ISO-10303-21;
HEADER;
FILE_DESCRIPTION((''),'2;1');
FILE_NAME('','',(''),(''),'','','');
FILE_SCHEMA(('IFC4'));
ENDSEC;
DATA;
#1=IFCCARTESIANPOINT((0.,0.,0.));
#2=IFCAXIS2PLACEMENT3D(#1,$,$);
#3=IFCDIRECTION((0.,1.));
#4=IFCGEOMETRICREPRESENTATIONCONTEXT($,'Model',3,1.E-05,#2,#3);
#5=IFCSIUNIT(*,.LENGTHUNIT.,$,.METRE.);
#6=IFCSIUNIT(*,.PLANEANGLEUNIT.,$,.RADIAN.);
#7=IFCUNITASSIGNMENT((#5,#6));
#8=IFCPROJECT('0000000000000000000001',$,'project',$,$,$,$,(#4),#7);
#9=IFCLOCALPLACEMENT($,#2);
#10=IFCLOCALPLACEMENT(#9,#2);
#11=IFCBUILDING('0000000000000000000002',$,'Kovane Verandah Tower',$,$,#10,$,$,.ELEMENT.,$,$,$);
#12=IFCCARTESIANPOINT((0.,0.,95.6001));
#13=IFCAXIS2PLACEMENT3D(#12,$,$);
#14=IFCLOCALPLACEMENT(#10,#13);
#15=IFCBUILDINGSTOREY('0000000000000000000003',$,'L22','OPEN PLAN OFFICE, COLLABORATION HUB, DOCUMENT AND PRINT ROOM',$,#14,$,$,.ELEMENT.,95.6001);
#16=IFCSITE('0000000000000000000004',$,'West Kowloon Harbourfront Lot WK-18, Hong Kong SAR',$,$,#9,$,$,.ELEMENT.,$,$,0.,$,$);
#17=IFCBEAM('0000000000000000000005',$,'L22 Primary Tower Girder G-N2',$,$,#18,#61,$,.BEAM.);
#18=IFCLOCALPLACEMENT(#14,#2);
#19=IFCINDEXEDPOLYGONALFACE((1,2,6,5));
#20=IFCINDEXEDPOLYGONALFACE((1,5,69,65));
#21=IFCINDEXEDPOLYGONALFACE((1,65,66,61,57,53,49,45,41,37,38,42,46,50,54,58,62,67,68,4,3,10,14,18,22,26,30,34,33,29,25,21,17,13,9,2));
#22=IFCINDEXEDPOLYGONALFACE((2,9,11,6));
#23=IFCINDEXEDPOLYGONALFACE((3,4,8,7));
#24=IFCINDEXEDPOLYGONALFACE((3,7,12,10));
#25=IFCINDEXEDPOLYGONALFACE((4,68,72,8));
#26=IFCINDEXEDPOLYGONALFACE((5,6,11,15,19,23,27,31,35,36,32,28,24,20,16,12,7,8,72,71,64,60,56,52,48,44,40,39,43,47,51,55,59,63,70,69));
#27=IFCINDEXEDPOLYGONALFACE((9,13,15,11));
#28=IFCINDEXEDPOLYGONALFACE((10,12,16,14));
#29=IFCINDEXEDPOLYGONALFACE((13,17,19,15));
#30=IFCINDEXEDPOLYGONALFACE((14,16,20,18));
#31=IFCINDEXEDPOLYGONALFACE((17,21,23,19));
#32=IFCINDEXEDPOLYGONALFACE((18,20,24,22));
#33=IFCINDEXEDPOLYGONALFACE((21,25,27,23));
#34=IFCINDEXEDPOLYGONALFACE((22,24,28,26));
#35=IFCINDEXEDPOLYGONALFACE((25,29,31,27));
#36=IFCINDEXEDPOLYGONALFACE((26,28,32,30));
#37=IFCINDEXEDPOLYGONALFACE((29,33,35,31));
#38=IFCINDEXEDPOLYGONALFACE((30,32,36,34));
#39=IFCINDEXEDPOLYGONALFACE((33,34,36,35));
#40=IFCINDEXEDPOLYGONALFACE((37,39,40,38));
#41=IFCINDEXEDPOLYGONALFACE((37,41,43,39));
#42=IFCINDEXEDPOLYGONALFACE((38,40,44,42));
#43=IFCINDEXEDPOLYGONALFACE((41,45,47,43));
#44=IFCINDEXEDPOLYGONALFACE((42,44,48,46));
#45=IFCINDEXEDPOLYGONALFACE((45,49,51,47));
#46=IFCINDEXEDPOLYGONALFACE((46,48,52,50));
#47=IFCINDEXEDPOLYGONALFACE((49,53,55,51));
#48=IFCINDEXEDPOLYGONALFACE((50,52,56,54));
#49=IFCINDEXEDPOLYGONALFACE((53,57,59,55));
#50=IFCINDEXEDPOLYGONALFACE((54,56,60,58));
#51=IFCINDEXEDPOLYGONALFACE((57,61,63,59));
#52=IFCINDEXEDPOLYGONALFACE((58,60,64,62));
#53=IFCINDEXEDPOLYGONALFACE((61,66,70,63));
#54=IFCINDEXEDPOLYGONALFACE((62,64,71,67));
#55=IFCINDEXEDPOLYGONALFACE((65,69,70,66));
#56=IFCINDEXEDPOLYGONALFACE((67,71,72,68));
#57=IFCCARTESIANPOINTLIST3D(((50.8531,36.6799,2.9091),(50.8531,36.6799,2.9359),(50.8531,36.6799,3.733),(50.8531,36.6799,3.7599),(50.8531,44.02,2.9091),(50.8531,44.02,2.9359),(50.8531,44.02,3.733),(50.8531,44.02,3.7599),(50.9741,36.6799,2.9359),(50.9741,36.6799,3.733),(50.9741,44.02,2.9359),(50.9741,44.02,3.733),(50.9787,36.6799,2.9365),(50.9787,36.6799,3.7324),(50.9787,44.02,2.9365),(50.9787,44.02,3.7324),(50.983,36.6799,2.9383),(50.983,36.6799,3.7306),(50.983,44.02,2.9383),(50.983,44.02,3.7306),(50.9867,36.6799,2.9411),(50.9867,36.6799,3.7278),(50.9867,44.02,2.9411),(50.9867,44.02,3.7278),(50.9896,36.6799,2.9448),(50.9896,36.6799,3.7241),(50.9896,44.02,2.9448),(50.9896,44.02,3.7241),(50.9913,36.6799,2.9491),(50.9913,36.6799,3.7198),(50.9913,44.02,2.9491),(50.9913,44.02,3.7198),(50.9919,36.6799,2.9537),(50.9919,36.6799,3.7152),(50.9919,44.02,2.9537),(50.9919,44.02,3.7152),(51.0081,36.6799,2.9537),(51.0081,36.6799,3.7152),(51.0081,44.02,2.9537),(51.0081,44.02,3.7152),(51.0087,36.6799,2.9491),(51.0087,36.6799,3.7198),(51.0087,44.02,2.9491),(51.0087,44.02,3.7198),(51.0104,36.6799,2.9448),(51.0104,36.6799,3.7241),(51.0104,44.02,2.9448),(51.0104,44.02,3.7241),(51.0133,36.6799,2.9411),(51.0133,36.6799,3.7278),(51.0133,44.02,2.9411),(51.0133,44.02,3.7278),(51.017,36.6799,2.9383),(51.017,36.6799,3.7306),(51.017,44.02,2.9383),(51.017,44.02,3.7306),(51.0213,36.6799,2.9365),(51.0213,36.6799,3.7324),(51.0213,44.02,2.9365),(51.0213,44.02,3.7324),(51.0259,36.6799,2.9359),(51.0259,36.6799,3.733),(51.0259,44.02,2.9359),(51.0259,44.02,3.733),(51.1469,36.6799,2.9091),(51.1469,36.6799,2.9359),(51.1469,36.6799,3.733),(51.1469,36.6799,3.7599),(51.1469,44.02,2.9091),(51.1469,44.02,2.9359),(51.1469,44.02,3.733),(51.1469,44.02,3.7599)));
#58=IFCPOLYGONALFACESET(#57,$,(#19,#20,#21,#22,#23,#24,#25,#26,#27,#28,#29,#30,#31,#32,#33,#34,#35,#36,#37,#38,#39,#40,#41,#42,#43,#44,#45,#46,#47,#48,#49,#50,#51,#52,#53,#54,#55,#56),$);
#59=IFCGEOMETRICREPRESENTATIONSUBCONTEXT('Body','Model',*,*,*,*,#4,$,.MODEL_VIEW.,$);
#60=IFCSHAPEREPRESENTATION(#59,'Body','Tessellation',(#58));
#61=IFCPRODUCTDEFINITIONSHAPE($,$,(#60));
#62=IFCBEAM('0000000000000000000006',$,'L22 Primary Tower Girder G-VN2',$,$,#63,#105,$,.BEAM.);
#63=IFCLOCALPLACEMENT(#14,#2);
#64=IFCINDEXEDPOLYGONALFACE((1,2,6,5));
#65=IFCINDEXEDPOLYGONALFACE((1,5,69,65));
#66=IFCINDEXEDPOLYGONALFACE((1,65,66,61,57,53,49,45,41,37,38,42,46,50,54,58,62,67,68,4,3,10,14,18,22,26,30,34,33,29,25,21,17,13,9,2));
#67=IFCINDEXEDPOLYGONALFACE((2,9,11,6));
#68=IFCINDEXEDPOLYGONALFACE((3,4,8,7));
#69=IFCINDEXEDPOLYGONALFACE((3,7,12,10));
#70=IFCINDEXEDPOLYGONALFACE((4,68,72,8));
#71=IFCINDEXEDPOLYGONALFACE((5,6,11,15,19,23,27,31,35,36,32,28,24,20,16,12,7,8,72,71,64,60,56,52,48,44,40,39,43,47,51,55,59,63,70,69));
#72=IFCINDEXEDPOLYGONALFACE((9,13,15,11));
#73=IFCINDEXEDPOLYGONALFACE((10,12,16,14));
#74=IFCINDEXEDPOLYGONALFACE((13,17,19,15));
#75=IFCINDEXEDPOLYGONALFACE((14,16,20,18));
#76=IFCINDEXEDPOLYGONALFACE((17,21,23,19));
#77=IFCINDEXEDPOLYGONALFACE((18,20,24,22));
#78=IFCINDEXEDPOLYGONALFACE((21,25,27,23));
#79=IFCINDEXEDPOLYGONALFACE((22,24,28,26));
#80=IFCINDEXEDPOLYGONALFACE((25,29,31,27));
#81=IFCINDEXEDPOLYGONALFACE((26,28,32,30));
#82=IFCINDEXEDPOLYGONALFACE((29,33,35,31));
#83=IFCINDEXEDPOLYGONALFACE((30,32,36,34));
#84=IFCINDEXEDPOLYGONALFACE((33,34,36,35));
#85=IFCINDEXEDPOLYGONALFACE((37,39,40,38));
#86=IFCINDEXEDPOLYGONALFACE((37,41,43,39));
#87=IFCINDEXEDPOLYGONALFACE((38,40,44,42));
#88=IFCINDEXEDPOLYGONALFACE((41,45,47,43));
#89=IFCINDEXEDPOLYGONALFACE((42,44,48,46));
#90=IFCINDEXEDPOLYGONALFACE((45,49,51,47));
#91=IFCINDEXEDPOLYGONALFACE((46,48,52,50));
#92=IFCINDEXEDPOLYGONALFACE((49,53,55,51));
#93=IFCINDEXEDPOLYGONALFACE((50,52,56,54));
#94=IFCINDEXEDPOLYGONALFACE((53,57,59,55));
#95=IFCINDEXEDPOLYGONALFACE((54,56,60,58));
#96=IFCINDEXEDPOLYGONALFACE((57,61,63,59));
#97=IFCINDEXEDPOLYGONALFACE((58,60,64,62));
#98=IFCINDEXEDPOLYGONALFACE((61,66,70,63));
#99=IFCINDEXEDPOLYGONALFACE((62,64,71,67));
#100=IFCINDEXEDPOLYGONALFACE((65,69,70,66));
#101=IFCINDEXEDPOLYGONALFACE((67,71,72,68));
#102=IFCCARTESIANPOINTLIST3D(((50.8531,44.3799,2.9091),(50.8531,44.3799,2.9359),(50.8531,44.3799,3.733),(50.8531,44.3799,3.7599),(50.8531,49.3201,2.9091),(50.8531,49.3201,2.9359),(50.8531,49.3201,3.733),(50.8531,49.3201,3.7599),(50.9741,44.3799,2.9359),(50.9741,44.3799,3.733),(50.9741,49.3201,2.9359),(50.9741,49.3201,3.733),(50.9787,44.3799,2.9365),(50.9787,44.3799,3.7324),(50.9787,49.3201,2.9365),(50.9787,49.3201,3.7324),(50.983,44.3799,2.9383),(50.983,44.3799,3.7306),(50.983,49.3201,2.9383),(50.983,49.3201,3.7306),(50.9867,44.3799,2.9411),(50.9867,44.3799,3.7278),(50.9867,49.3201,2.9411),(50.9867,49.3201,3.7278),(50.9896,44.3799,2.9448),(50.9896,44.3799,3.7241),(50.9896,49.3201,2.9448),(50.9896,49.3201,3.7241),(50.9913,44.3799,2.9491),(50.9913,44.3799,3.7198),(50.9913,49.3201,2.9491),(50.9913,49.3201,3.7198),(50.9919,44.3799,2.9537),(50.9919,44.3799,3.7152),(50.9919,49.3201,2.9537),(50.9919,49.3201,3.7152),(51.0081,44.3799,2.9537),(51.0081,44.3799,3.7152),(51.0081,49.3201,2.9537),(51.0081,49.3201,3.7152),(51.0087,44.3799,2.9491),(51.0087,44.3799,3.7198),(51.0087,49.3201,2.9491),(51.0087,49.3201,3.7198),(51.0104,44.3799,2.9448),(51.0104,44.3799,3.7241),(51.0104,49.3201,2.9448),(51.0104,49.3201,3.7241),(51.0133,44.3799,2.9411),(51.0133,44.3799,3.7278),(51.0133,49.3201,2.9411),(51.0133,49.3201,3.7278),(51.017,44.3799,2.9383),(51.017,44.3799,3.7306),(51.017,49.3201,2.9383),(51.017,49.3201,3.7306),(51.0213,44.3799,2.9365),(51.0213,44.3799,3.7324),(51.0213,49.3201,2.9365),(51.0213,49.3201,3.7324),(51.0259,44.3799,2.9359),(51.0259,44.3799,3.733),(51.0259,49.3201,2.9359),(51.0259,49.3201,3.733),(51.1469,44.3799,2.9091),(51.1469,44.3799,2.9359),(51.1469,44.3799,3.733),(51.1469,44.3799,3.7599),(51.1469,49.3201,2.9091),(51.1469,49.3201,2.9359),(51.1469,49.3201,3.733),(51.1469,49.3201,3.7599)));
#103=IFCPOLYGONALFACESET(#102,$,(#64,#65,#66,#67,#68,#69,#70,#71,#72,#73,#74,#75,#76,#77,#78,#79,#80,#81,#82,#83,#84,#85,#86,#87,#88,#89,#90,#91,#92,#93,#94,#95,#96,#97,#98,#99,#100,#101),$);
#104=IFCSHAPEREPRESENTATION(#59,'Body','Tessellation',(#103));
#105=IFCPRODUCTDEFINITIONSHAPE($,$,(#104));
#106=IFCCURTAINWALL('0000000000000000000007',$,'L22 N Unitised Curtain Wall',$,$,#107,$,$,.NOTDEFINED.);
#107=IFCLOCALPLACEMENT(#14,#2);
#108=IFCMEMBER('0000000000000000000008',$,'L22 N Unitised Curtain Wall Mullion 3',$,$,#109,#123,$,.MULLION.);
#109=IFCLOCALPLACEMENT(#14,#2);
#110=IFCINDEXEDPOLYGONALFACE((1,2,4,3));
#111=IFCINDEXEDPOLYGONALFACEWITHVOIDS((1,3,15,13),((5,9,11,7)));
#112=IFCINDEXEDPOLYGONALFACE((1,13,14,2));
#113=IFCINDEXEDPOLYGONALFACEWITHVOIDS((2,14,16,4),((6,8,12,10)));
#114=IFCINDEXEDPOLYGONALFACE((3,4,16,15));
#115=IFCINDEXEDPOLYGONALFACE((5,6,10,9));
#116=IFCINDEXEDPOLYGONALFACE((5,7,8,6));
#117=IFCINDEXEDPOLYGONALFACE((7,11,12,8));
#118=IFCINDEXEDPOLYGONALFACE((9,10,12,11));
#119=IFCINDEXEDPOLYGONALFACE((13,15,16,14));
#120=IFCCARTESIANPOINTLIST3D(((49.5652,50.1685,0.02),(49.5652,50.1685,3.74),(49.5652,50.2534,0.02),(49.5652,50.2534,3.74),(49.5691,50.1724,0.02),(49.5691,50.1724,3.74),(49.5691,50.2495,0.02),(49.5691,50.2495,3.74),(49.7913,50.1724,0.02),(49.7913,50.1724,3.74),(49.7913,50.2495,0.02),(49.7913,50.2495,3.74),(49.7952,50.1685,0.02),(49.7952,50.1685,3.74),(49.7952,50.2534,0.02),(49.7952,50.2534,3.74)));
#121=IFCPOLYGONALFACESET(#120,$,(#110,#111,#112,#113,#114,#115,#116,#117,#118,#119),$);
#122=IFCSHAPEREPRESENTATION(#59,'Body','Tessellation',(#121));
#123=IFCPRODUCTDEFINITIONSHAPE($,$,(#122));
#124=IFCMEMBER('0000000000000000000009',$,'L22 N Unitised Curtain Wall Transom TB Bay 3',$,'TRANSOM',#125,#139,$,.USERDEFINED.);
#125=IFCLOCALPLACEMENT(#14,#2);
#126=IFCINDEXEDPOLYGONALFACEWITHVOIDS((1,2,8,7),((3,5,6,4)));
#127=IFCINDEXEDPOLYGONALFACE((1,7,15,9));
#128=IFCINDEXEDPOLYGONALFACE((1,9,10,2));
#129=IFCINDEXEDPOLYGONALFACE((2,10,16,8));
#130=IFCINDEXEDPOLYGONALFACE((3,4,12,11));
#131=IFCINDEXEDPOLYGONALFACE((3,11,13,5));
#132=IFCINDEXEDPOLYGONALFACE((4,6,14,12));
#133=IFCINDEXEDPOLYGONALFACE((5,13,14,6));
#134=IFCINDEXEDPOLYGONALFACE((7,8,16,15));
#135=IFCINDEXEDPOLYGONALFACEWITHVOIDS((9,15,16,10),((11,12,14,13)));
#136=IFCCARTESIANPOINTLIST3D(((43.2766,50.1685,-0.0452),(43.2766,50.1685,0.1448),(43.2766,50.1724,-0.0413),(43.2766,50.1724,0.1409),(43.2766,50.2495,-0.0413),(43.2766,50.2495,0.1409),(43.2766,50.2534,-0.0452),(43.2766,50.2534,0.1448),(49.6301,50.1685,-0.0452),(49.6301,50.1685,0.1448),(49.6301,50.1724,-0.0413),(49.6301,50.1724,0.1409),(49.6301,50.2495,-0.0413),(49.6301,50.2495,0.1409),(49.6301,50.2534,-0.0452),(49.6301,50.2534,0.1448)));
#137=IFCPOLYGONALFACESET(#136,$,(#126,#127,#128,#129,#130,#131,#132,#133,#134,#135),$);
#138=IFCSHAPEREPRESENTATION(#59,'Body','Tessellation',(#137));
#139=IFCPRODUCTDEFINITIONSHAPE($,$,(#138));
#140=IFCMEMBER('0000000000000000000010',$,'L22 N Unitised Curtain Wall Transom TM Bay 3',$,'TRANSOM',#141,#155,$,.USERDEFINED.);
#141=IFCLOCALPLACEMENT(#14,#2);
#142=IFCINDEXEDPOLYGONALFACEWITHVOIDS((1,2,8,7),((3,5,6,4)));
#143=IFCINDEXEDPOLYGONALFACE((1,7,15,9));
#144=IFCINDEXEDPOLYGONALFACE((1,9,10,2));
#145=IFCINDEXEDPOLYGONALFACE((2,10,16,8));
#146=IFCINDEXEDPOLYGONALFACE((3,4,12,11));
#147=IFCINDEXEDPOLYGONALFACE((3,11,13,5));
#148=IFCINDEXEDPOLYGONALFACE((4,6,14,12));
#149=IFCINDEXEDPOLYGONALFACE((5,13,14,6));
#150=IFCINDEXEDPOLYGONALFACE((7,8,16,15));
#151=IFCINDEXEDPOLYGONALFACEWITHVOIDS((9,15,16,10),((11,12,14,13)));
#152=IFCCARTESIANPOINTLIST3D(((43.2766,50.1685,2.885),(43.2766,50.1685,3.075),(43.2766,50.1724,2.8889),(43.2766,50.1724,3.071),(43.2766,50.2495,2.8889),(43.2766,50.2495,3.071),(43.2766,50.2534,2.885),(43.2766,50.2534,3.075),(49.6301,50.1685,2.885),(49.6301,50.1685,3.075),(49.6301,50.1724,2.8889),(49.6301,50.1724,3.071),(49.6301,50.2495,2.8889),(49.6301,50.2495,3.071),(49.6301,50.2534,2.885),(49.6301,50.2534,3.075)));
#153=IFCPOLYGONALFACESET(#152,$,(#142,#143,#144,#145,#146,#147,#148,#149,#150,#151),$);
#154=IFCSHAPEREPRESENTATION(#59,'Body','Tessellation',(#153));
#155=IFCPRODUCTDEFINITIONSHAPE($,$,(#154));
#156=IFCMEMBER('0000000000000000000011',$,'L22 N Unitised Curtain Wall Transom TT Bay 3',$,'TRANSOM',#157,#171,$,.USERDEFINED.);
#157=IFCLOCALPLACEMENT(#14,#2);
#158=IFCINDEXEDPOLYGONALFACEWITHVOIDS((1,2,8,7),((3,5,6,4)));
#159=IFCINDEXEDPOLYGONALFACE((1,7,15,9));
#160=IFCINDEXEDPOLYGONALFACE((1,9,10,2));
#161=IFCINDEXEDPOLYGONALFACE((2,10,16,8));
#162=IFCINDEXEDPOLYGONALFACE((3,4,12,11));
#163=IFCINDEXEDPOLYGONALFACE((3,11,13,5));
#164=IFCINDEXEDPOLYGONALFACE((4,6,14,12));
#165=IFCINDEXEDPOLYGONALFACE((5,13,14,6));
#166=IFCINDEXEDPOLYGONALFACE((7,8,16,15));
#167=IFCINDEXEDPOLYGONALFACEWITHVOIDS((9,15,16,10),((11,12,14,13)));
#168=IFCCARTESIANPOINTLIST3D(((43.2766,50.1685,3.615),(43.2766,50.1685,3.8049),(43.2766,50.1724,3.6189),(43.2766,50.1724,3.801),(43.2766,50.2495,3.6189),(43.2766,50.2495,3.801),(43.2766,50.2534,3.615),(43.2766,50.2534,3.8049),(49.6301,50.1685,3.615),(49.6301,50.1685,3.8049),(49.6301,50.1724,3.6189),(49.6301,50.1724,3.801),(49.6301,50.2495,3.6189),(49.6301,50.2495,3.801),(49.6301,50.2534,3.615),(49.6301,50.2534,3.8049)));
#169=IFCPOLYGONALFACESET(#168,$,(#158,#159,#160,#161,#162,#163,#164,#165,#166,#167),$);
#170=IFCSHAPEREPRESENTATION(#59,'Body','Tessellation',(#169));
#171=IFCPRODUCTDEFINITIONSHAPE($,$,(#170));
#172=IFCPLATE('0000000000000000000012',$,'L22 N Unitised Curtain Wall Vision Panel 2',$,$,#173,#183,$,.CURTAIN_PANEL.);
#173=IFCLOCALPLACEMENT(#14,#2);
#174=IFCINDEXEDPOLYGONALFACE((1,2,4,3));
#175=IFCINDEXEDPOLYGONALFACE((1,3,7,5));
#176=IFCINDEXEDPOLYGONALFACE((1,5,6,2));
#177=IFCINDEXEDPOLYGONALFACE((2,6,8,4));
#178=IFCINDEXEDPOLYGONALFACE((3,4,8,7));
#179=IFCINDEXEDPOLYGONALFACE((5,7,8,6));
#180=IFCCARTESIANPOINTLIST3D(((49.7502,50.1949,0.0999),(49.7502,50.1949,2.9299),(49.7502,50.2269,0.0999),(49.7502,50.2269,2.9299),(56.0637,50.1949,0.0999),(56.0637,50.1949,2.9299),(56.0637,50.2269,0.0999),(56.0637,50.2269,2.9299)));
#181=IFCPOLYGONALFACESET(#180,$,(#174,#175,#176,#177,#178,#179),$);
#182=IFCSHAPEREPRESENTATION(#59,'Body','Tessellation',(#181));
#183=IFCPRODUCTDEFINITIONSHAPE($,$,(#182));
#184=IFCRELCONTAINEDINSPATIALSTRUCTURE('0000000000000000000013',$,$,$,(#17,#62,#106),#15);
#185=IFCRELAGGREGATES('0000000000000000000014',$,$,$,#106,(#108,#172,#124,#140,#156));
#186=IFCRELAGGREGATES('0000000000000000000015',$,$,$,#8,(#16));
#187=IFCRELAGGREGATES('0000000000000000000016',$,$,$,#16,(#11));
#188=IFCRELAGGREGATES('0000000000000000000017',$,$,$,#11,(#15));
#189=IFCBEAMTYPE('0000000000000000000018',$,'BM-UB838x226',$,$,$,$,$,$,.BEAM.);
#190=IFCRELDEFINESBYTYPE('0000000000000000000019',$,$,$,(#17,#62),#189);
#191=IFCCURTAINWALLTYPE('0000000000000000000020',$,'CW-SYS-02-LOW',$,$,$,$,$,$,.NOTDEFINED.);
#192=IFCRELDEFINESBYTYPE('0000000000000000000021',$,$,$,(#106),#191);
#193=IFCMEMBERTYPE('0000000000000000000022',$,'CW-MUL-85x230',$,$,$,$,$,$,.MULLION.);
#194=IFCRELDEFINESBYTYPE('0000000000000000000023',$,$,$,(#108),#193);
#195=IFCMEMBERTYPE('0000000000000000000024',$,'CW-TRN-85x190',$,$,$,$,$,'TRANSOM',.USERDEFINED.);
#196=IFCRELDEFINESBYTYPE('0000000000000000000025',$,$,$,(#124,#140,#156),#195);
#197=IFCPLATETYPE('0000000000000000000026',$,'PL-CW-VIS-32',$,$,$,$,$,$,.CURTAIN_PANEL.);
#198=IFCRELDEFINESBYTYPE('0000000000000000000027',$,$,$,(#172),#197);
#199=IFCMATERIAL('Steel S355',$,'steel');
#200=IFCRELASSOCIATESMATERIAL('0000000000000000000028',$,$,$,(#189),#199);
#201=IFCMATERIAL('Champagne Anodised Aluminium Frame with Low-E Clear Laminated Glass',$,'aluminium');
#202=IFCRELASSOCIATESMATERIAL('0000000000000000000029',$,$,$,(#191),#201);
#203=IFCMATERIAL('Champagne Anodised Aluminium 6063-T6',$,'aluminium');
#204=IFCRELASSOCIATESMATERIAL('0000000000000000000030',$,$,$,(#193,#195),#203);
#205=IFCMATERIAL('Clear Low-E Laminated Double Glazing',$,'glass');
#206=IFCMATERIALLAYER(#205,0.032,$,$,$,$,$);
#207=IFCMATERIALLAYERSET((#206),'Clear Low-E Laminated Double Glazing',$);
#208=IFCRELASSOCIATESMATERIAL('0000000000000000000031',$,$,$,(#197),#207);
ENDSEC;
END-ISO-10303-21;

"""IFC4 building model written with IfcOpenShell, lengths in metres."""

from ifc_helpers import new_model, si_unit, direction, frame, origin, origin_2d, place, context, subcontext, project, spatial, rectangle, hollow_rectangle, i_section, extrude, material, layer, layer_set, material_profile, profile_set, type_object, element, aggregate, save


model = new_model("IFC4")

# Units and contexts
model_context = context("Model", 3, precision=1e-05, world=origin(), true_north=direction((0.0, 1.0)))
body_context = subcontext(model_context, "Body", "Model", "MODEL_VIEW")
ifc_project = project(units=[si_unit("LENGTHUNIT", "METRE"), si_unit("PLANEANGLEUNIT", "RADIAN")], contexts=[model_context])

# Site, building, storey
site_placement = place(None, origin())
site = spatial("IfcSite", under=ifc_project, at=site_placement, Name="West Kowloon Harbourfront Lot WK-18, Hong Kong SAR", CompositionType="ELEMENT", RefElevation=0.0)
building_placement = place(site_placement, origin())
building = spatial("IfcBuilding", under=site, at=building_placement, Name="Kovane Verandah Tower", CompositionType="ELEMENT")
storey_placement = place(building_placement, frame((0.0, 0.0, 95.6001)))
storey = spatial("IfcBuildingStorey", under=building, at=storey_placement, Name="L22", Description="OPEN PLAN OFFICE, COLLABORATION HUB, DOCUMENT AND PRINT ROOM", CompositionType="ELEMENT", Elevation=95.6001)

# Beams
ifc_material_1 = material(Name="Steel S355", Category="steel")
ifc_material_profile_1 = material_profile(ifc_material_1, i_section(OverallWidth=0.2937, OverallDepth=0.8508, WebThickness=0.0161, FlangeThickness=0.0269, FilletRadius=0.0178, at=origin_2d()), Name="UB838x292x226")
ifc_profile_set_1 = profile_set([ifc_material_profile_1], Name="Steel S355")
beam_type = type_object("IfcBeamType", Name="BM-UB838x226", PredefinedType="BEAM", material=ifc_profile_set_1)
beam_1_placement = place(storey_placement, frame((51.0, 36.6799, 3.3345), z_axis=(0.0, 1.0, 0.0), x_axis=(-1.0, 0.0, 0.0)))
element("IfcBeam", 1, at=beam_1_placement, inside=storey, type_object=beam_type, Name="L22 Primary Tower Girder G-N2", PredefinedType="BEAM", context=body_context, shape_type="SweptSolid", body=[
    extrude(i_section(OverallWidth=0.2937, OverallDepth=0.8508, WebThickness=0.0161, FlangeThickness=0.0269, FilletRadius=0.0178, at=origin_2d()), origin(), (0.0, 0.0, 1.0), 7.3401),
])
beam_2_placement = place(storey_placement, frame((51.0, 44.3799, 3.3345), z_axis=(0.0, 1.0, 0.0), x_axis=(-1.0, 0.0, 0.0)))
element("IfcBeam", 2, at=beam_2_placement, inside=storey, type_object=beam_type, Name="L22 Primary Tower Girder G-VN2", PredefinedType="BEAM", context=body_context, shape_type="SweptSolid", body=[
    extrude(i_section(OverallWidth=0.2937, OverallDepth=0.8508, WebThickness=0.0161, FlangeThickness=0.0269, FilletRadius=0.0178, at=origin_2d()), origin(), (0.0, 0.0, 1.0), 4.9402),
])

# Curtain wall, members, plate
ifc_material_2 = material(Name="Champagne Anodised Aluminium Frame with Low-E Clear Laminated Glass", Category="aluminium")
curtain_wall_type = type_object("IfcCurtainWallType", Name="CW-SYS-02-LOW", PredefinedType="NOTDEFINED", material=ifc_material_2)
curtain_wall_placement = place(storey_placement, origin())
curtain_wall = element("IfcCurtainWall", 3, at=curtain_wall_placement, inside=storey, type_object=curtain_wall_type, Name="L22 N Unitised Curtain Wall", PredefinedType="NOTDEFINED")
ifc_material_3 = material(Name="Champagne Anodised Aluminium 6063-T6", Category="aluminium")
ifc_material_profile_2 = material_profile(ifc_material_3, hollow_rectangle(XDim=0.085, YDim=0.23, WallThickness=0.0039, at=origin_2d()), Name="AL85x230x4")
ifc_profile_set_2 = profile_set([ifc_material_profile_2], Name="Champagne Anodised Aluminium 6063-T6")
member_type_1 = type_object("IfcMemberType", Name="CW-MUL-85x230", PredefinedType="MULLION", material=ifc_profile_set_2)
member_1_placement = place(storey_placement, frame((49.6802, 50.2109, 0.02), z_axis=(0.0, 0.0, 1.0), x_axis=(0.0, 1.0, 0.0)))
member_1 = element("IfcMember", 4, at=member_1_placement, type_object=member_type_1, Name="L22 N Unitised Curtain Wall Mullion 3", PredefinedType="MULLION", context=body_context, shape_type="SweptSolid", body=[
    extrude(hollow_rectangle(XDim=0.085, YDim=0.23, WallThickness=0.0039, at=origin_2d()), origin(), (0.0, 0.0, 1.0), 3.72),
])
ifc_material_profile_3 = material_profile(ifc_material_3, hollow_rectangle(XDim=0.085, YDim=0.1899, WallThickness=0.0039, at=origin_2d()), Name="AL85x190x4")
ifc_profile_set_3 = profile_set([ifc_material_profile_3], Name="Champagne Anodised Aluminium 6063-T6")
member_type_2 = type_object("IfcMemberType", Name="CW-TRN-85x190", ElementType="TRANSOM", PredefinedType="USERDEFINED", material=ifc_profile_set_3)
member_2_placement = place(storey_placement, frame((49.6301, 50.2109, 0.0498), z_axis=(-1.0, 0.0, 0.0), x_axis=(0.0, -1.0, 0.0)))
member_2 = element("IfcMember", 5, at=member_2_placement, type_object=member_type_2, Name="L22 N Unitised Curtain Wall Transom TB Bay 3", ObjectType="TRANSOM", PredefinedType="USERDEFINED", context=body_context, shape_type="SweptSolid", body=[
    extrude(hollow_rectangle(XDim=0.085, YDim=0.1899, WallThickness=0.0039, at=origin_2d()), origin(), (0.0, 0.0, 1.0), 6.3535),
])
member_3_placement = place(storey_placement, frame((49.6301, 50.2109, 2.98), z_axis=(-1.0, 0.0, 0.0), x_axis=(0.0, -1.0, 0.0)))
member_3 = element("IfcMember", 6, at=member_3_placement, type_object=member_type_2, Name="L22 N Unitised Curtain Wall Transom TM Bay 3", ObjectType="TRANSOM", PredefinedType="USERDEFINED", context=body_context, shape_type="SweptSolid", body=[
    extrude(hollow_rectangle(XDim=0.085, YDim=0.1899, WallThickness=0.0039, at=origin_2d()), origin(), (0.0, 0.0, 1.0), 6.3535),
])
member_4_placement = place(storey_placement, frame((49.6301, 50.2109, 3.71), z_axis=(-1.0, 0.0, 0.0), x_axis=(0.0, -1.0, 0.0)))
member_4 = element("IfcMember", 7, at=member_4_placement, type_object=member_type_2, Name="L22 N Unitised Curtain Wall Transom TT Bay 3", ObjectType="TRANSOM", PredefinedType="USERDEFINED", context=body_context, shape_type="SweptSolid", body=[
    extrude(hollow_rectangle(XDim=0.085, YDim=0.1899, WallThickness=0.0039, at=origin_2d()), origin(), (0.0, 0.0, 1.0), 6.3535),
])
ifc_material_4 = material(Name="Clear Low-E Laminated Double Glazing", Category="glass")
ifc_layer_1 = layer(ifc_material_4, 0.032)
ifc_layer_set_1 = layer_set([ifc_layer_1], Name="Clear Low-E Laminated Double Glazing")
plate_type = type_object("IfcPlateType", Name="PL-CW-VIS-32", PredefinedType="CURTAIN_PANEL", material=ifc_layer_set_1)
plate_placement = place(storey_placement, frame((52.907, 50.2109, 0.0999), z_axis=(0.0, 0.0, 1.0), x_axis=(-1.0, 0.0, 0.0)))
plate = element("IfcPlate", 8, at=plate_placement, type_object=plate_type, Name="L22 N Unitised Curtain Wall Vision Panel 2", PredefinedType="CURTAIN_PANEL", context=body_context, shape_type="SweptSolid", body=[
    extrude(rectangle(XDim=6.3135, YDim=0.032, at=origin_2d()), origin(), (0.0, 0.0, 1.0), 2.8301),
])
aggregate(curtain_wall, [member_1, plate, member_2, member_3, member_4])

save(model, "model.ifc")
